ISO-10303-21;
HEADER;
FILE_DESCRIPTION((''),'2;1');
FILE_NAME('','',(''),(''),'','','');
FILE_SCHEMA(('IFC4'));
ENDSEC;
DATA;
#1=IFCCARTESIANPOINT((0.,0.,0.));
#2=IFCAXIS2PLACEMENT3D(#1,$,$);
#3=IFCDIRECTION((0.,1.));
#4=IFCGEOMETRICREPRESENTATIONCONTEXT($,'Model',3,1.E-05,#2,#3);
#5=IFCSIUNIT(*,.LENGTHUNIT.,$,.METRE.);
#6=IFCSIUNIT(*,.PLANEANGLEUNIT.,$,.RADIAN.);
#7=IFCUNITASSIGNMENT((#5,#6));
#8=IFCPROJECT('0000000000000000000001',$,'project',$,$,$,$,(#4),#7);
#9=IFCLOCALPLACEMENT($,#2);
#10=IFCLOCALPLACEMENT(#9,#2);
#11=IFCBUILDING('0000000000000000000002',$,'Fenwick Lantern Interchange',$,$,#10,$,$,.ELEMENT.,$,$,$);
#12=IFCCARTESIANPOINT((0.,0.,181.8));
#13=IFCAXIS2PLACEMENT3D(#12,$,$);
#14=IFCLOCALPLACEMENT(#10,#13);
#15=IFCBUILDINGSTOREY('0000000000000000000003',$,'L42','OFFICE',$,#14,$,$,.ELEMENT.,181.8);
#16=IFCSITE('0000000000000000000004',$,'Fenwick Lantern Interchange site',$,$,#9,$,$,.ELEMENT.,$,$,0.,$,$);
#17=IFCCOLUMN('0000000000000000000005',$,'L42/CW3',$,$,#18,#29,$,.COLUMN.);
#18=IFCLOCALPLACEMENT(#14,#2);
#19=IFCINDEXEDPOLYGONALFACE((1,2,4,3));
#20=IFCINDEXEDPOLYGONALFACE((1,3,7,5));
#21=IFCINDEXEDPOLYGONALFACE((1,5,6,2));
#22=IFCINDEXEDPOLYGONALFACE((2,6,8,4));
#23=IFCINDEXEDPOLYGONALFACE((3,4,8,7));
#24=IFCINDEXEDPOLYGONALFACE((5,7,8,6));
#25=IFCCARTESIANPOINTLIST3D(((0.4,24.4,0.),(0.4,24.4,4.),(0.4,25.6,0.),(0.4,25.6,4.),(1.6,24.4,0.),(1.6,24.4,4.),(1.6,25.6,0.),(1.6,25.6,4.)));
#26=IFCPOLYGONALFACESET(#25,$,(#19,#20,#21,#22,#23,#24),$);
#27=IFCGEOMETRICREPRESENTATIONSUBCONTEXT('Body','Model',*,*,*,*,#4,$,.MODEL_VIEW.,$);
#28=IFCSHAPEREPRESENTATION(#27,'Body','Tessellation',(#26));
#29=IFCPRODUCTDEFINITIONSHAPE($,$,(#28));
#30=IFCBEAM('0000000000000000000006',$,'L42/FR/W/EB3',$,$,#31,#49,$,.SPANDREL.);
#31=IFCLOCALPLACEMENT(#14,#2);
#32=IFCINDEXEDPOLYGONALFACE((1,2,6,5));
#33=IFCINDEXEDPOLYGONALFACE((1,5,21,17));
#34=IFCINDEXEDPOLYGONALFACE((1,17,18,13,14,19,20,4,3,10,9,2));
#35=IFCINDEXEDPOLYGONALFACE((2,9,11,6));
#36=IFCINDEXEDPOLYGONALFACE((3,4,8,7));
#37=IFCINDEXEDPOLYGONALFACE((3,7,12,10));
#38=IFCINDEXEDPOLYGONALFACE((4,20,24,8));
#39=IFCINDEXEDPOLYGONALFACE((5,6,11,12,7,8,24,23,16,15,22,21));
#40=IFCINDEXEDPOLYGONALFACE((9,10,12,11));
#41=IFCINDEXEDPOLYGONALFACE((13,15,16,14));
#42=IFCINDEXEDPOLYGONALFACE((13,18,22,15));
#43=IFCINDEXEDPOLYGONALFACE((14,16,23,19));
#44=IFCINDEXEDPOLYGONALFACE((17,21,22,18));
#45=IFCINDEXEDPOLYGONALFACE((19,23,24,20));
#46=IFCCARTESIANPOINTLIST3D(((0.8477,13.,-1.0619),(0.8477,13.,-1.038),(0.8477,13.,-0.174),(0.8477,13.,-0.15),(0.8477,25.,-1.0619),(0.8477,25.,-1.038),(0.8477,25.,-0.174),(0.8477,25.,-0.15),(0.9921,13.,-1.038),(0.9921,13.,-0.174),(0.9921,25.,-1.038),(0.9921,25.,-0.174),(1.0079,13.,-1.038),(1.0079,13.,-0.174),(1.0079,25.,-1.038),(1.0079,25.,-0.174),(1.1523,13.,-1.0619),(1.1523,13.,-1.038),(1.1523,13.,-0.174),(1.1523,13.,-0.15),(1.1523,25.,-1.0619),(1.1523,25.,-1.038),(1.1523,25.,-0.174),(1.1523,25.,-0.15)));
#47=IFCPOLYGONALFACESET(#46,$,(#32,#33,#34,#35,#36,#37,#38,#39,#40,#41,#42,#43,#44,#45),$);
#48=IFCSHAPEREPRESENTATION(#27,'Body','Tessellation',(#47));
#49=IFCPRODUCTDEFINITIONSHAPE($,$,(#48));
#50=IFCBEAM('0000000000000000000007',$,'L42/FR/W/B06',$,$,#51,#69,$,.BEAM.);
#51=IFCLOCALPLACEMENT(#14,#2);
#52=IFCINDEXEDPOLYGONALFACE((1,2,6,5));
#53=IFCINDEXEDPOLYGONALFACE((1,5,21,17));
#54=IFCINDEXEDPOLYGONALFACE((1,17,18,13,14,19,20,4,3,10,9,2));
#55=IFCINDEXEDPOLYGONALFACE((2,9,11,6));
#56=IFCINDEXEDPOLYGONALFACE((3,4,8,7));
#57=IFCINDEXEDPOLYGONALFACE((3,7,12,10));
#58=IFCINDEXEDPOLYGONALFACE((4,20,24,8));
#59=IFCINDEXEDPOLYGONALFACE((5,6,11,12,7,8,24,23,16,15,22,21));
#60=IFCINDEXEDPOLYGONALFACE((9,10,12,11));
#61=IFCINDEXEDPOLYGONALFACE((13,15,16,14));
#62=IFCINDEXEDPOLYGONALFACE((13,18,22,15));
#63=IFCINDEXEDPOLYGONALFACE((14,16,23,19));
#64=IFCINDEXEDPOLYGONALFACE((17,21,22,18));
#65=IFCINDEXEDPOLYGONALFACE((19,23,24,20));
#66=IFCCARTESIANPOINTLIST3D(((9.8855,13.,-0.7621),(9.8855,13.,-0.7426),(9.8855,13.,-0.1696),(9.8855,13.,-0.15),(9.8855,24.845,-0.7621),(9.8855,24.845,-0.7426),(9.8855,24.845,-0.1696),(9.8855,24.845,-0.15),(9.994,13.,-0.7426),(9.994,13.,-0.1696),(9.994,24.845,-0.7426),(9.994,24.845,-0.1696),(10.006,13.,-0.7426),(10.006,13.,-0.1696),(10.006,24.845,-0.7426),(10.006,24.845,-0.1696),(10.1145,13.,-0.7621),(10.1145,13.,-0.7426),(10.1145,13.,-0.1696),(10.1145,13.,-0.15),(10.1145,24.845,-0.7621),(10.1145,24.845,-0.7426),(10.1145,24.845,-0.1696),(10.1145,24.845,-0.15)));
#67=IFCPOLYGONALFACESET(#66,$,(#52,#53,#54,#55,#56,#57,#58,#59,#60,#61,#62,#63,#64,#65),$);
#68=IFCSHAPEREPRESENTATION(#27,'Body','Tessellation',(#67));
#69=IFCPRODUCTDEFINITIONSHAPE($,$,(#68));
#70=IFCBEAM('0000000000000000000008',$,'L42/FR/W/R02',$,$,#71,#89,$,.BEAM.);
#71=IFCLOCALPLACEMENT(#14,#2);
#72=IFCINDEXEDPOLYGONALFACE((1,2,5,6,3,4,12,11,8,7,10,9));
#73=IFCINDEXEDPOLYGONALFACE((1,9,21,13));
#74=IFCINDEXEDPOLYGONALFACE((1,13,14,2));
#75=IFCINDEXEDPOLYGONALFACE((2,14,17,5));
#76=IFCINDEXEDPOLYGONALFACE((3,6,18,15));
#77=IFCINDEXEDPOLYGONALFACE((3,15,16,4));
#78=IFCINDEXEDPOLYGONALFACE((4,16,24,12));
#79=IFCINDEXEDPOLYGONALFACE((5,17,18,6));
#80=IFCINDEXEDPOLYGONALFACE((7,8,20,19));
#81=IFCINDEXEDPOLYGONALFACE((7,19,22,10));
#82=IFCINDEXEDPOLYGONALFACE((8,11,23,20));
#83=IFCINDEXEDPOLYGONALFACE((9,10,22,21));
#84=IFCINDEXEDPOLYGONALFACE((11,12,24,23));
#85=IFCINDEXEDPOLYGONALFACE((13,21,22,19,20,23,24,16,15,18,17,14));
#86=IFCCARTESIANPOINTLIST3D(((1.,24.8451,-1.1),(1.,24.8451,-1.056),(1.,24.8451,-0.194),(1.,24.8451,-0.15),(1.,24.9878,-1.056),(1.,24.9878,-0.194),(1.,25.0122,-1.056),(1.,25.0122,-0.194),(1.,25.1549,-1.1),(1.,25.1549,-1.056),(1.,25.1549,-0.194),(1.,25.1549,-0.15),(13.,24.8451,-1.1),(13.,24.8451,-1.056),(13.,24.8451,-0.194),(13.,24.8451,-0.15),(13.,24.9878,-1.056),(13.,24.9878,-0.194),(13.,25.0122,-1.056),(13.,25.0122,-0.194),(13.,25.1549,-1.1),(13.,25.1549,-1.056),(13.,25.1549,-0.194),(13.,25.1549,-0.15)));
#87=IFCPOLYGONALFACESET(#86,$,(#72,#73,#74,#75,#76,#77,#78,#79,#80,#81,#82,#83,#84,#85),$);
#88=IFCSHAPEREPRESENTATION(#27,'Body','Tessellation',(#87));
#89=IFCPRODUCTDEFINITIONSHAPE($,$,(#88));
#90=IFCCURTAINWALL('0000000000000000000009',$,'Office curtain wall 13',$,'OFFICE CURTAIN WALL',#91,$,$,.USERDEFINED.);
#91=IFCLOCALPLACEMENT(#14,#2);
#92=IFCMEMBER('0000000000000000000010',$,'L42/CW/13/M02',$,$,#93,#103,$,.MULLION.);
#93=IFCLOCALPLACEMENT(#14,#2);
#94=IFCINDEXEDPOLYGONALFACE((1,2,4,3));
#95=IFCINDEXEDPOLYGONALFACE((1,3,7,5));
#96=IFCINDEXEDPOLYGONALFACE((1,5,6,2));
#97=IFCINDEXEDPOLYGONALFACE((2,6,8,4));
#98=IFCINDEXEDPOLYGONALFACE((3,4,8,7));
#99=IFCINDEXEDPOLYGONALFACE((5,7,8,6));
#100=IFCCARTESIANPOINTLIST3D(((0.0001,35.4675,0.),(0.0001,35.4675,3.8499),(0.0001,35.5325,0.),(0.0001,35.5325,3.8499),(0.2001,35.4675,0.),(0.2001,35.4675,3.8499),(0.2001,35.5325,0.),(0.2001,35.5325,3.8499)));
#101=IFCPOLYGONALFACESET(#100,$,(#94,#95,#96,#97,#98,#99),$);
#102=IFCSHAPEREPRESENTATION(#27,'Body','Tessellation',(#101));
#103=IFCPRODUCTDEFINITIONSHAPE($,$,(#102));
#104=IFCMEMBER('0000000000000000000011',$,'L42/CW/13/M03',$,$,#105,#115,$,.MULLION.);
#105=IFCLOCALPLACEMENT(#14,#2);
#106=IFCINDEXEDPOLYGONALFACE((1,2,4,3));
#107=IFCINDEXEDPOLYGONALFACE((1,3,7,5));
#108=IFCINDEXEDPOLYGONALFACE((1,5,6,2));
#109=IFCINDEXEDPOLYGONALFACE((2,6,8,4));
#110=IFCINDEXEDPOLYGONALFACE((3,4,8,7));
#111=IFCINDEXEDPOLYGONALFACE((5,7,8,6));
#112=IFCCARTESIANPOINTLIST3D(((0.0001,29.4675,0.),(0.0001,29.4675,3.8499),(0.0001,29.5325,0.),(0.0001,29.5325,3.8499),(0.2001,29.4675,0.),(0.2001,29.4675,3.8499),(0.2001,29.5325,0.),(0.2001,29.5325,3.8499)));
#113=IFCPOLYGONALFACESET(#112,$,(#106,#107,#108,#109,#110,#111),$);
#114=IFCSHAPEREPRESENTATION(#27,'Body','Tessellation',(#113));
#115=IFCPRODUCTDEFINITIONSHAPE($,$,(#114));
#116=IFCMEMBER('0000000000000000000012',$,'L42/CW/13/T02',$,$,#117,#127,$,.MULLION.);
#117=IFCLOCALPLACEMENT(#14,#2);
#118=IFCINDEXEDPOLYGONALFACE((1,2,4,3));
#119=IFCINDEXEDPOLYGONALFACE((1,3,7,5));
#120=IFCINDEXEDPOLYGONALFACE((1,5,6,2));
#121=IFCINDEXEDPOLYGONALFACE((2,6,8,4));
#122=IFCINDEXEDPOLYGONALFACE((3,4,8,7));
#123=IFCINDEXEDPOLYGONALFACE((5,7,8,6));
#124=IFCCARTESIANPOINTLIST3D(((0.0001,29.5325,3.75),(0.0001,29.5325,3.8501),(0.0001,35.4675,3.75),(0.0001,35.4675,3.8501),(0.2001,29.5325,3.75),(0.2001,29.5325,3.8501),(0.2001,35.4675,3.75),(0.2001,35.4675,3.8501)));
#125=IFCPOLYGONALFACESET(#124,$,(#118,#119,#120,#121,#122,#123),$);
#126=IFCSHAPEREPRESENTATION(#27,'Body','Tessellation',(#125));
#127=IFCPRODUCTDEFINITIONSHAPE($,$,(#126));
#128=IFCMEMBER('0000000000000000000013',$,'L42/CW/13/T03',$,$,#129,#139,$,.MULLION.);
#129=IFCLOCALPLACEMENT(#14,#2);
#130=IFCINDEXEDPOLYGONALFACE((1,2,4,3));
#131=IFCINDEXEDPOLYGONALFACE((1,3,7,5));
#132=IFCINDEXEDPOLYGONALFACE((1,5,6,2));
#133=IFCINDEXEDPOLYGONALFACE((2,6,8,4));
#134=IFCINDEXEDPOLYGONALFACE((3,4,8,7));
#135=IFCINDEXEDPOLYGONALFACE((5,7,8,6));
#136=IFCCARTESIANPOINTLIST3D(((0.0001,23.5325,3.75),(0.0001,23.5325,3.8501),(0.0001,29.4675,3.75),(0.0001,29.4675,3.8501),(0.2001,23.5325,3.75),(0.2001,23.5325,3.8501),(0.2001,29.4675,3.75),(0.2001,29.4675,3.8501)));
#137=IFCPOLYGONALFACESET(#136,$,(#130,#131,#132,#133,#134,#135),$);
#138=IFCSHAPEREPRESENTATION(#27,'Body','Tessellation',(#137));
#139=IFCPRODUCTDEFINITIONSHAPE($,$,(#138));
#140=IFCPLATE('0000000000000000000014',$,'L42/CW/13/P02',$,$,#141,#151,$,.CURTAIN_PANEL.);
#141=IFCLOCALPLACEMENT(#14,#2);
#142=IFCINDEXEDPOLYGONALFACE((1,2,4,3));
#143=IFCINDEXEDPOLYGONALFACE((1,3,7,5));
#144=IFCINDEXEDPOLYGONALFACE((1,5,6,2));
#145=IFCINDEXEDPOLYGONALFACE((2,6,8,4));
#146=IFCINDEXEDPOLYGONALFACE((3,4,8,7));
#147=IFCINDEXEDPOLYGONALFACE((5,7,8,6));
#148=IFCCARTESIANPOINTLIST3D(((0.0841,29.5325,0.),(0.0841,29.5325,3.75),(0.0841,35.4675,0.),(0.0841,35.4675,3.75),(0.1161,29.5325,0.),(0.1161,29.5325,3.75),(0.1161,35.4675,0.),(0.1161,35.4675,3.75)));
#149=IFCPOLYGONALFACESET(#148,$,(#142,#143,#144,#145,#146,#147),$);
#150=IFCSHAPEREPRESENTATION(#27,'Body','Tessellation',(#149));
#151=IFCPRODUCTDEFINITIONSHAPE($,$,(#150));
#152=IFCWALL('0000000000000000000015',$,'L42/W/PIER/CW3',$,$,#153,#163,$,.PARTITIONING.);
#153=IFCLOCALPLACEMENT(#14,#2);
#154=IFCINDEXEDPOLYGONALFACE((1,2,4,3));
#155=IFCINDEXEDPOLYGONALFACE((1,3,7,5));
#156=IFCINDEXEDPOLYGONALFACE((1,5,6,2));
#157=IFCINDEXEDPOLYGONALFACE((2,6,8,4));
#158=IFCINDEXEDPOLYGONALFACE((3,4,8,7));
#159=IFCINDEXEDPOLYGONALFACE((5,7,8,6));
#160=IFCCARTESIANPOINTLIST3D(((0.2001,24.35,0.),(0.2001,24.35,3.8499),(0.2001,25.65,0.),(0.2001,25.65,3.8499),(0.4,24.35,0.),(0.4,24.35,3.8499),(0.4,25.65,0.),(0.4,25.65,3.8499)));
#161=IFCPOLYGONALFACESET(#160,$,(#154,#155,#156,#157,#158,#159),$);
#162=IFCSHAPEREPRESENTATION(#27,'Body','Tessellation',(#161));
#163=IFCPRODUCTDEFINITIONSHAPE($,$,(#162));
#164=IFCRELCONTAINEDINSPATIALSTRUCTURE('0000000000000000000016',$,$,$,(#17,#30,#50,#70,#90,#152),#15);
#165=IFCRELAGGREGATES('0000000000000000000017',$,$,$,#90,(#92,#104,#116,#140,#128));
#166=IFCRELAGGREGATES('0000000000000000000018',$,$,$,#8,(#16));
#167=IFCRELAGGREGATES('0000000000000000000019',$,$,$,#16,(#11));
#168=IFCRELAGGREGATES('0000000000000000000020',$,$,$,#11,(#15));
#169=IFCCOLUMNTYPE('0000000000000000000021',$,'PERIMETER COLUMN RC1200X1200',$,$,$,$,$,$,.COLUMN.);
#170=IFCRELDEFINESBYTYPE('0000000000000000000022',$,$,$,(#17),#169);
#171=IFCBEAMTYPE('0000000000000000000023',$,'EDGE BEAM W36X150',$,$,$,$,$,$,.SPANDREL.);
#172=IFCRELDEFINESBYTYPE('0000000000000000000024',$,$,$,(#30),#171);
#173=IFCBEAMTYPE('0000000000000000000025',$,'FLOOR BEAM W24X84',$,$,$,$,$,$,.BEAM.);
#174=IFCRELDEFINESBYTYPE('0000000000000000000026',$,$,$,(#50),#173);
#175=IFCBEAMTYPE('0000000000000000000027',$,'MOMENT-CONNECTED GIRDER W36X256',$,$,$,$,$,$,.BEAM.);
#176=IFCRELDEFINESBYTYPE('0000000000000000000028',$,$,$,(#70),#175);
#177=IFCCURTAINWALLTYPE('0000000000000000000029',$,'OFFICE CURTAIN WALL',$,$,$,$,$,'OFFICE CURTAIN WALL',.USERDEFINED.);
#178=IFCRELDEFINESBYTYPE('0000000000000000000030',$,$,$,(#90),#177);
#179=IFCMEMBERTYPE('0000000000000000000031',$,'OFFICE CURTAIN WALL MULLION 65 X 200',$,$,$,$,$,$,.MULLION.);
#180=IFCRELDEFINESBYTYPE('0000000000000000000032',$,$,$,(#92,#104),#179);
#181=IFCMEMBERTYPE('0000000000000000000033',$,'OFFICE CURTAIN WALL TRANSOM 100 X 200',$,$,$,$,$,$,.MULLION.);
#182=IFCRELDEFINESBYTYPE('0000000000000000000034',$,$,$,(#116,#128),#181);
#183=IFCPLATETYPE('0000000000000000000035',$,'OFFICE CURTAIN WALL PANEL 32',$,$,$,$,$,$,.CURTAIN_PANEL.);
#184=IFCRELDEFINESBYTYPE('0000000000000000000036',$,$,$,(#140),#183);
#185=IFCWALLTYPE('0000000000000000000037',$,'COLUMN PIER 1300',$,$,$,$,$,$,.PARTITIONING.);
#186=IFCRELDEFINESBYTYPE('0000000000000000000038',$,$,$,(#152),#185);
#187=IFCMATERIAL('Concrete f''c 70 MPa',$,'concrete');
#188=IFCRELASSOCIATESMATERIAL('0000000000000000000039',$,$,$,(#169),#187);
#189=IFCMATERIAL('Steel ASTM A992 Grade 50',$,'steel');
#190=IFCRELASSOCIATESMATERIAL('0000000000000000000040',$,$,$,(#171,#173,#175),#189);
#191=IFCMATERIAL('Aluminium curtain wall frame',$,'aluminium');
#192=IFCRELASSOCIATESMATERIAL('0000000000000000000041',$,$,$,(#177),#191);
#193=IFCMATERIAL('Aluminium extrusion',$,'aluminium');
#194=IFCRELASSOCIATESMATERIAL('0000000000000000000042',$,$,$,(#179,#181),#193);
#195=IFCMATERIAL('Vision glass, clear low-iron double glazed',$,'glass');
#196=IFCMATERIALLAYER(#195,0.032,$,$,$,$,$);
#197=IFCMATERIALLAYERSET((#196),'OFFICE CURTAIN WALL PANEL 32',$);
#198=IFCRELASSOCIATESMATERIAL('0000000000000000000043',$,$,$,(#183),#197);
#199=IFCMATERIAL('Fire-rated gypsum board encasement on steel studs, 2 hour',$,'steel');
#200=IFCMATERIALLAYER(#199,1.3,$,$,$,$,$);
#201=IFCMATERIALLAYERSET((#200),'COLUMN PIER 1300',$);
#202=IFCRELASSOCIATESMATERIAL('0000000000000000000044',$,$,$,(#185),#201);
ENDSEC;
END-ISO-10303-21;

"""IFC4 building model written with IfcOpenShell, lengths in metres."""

from ifc_helpers import new_model, si_unit, direction, frame, frame_2d, origin, origin_2d, place, context, subcontext, project, spatial, rectangle, i_section, extrude, material, layer, layer_set, material_profile, profile_set, type_object, element, aggregate, save


model = new_model("IFC4")

# Units and contexts
model_context = context("Model", 3, precision=1e-05, world=origin(), true_north=direction((0.0, 1.0)))
body_context = subcontext(model_context, "Body", "Model", "MODEL_VIEW")
ifc_project = project(units=[si_unit("LENGTHUNIT", "METRE"), si_unit("PLANEANGLEUNIT", "RADIAN")], contexts=[model_context])

# Site, building, storey
site_placement = place(None, origin())
site = spatial("IfcSite", under=ifc_project, at=site_placement, Name="Fenwick Lantern Interchange site", CompositionType="ELEMENT", RefElevation=0.0)
building_placement = place(site_placement, origin())
building = spatial("IfcBuilding", under=site, at=building_placement, Name="Fenwick Lantern Interchange", CompositionType="ELEMENT")
storey_placement = place(building_placement, frame((0.0, 0.0, 181.8)))
storey = spatial("IfcBuildingStorey", under=building, at=storey_placement, Name="L42", Description="OFFICE", CompositionType="ELEMENT", Elevation=181.8)

# Column
ifc_material_1 = material(Name="Concrete f'c 70 MPa", Category="concrete")
ifc_material_profile_1 = material_profile(ifc_material_1, rectangle(XDim=1.2, YDim=1.2, at=origin_2d()), Name="RC1200X1200")
ifc_profile_set_1 = profile_set([ifc_material_profile_1], Name="Concrete f'c 70 MPa")
column_type = type_object("IfcColumnType", Name="PERIMETER COLUMN RC1200X1200", PredefinedType="COLUMN", material=ifc_profile_set_1)
column_placement = place(storey_placement, frame((1.0, 25.0, 0.0), z_axis=(0.0, 0.0, 1.0), x_axis=(1.0, 0.0, 0.0)))
element("IfcColumn", 1, at=column_placement, inside=storey, type_object=column_type, Name="L42/CW3", PredefinedType="COLUMN", context=body_context, shape_type="SweptSolid", body=[
    extrude(rectangle(XDim=1.2, YDim=1.2, at=origin_2d()), origin(), (0.0, 0.0, 1.0), 4.0),
])

# Beams
ifc_material_2 = material(Name="Steel ASTM A992 Grade 50", Category="steel")
ifc_material_profile_2 = material_profile(ifc_material_2, i_section(OverallWidth=0.3047, OverallDepth=0.9119, WebThickness=0.0159, FlangeThickness=0.0239, at=origin_2d()), Name="W36X150")
ifc_profile_set_2 = profile_set([ifc_material_profile_2], Name="Steel ASTM A992 Grade 50")
beam_type_1 = type_object("IfcBeamType", Name="EDGE BEAM W36X150", PredefinedType="SPANDREL", material=ifc_profile_set_2)
beam_1_placement = place(storey_placement, frame((1.0, 25.0, -0.606), z_axis=(0.0, -1.0, 0.0), x_axis=(1.0, 0.0, 0.0)))
element("IfcBeam", 2, at=beam_1_placement, inside=storey, type_object=beam_type_1, Name="L42/FR/W/EB3", PredefinedType="SPANDREL", context=body_context, shape_type="SweptSolid", body=[
    extrude(i_section(OverallWidth=0.3047, OverallDepth=0.9119, WebThickness=0.0159, FlangeThickness=0.0239, at=origin_2d()), origin(), (0.0, 0.0, 1.0), 12.0),
])
ifc_material_profile_3 = material_profile(ifc_material_2, i_section(OverallWidth=0.229, OverallDepth=0.6121, WebThickness=0.012, FlangeThickness=0.0195, at=origin_2d()), Name="W24X84")
ifc_profile_set_3 = profile_set([ifc_material_profile_3], Name="Steel ASTM A992 Grade 50")
beam_type_2 = type_object("IfcBeamType", Name="FLOOR BEAM W24X84", PredefinedType="BEAM", material=ifc_profile_set_3)
beam_2_placement = place(storey_placement, frame((10.0, 24.845, -0.4561), z_axis=(0.0, -1.0, 0.0), x_axis=(1.0, 0.0, 0.0)))
element("IfcBeam", 3, at=beam_2_placement, inside=storey, type_object=beam_type_2, Name="L42/FR/W/B06", PredefinedType="BEAM", context=body_context, shape_type="SweptSolid", body=[
    extrude(i_section(OverallWidth=0.229, OverallDepth=0.6121, WebThickness=0.012, FlangeThickness=0.0195, at=origin_2d()), origin(), (0.0, 0.0, 1.0), 11.845),
])
ifc_material_profile_4 = material_profile(ifc_material_2, i_section(OverallWidth=0.3098, OverallDepth=0.95, WebThickness=0.0244, FlangeThickness=0.0439, at=origin_2d()), Name="W36X256")
ifc_profile_set_4 = profile_set([ifc_material_profile_4], Name="Steel ASTM A992 Grade 50")
beam_type_3 = type_object("IfcBeamType", Name="MOMENT-CONNECTED GIRDER W36X256", PredefinedType="BEAM", material=ifc_profile_set_4)
beam_3_placement = place(storey_placement, frame((1.0, 25.0, -0.625), z_axis=(1.0, 0.0, 0.0), x_axis=(0.0, 1.0, 0.0)))
element("IfcBeam", 4, at=beam_3_placement, inside=storey, type_object=beam_type_3, Name="L42/FR/W/R02", PredefinedType="BEAM", context=body_context, shape_type="SweptSolid", body=[
    extrude(i_section(OverallWidth=0.3098, OverallDepth=0.95, WebThickness=0.0244, FlangeThickness=0.0439, at=origin_2d()), origin(), (0.0, 0.0, 1.0), 12.0),
])

# Curtain wall, members, plate
ifc_material_3 = material(Name="Aluminium curtain wall frame", Category="aluminium")
curtain_wall_type = type_object("IfcCurtainWallType", Name="OFFICE CURTAIN WALL", ElementType="OFFICE CURTAIN WALL", PredefinedType="USERDEFINED", material=ifc_material_3)
curtain_wall_placement = place(storey_placement, origin())
curtain_wall = element("IfcCurtainWall", 5, at=curtain_wall_placement, inside=storey, type_object=curtain_wall_type, Name="Office curtain wall 13", ObjectType="OFFICE CURTAIN WALL", PredefinedType="USERDEFINED")
ifc_material_4 = material(Name="Aluminium extrusion", Category="aluminium")
ifc_material_profile_5 = material_profile(ifc_material_4, rectangle(XDim=0.2, YDim=0.0649, at=origin_2d()), Name="OFFICE CURTAIN WALL MULLION 65 X 200")
ifc_profile_set_5 = profile_set([ifc_material_profile_5], Name="Aluminium extrusion")
member_type_1 = type_object("IfcMemberType", Name="OFFICE CURTAIN WALL MULLION 65 X 200", PredefinedType="MULLION", material=ifc_profile_set_5)
member_1_placement = place(storey_placement, frame((0.1001, 35.5, 0.0), z_axis=(0.0, 0.0, 1.0), x_axis=(1.0, 0.0, 0.0)))
member_1 = element("IfcMember", 6, at=member_1_placement, type_object=member_type_1, Name="L42/CW/13/M02", PredefinedType="MULLION", context=body_context, shape_type="SweptSolid", body=[
    extrude(rectangle(XDim=0.2, YDim=0.0649, at=origin_2d()), origin(), (0.0, 0.0, 1.0), 3.8499),
])
member_2_placement = place(storey_placement, frame((0.1001, 29.5, 0.0), z_axis=(0.0, 0.0, 1.0), x_axis=(1.0, 0.0, 0.0)))
member_2 = element("IfcMember", 7, at=member_2_placement, type_object=member_type_1, Name="L42/CW/13/M03", PredefinedType="MULLION", context=body_context, shape_type="SweptSolid", body=[
    extrude(rectangle(XDim=0.2, YDim=0.0649, at=origin_2d()), origin(), (0.0, 0.0, 1.0), 3.8499),
])
ifc_material_profile_6 = material_profile(ifc_material_4, rectangle(XDim=0.2, YDim=0.1001, at=origin_2d()), Name="OFFICE CURTAIN WALL TRANSOM 100 X 200")
ifc_profile_set_6 = profile_set([ifc_material_profile_6], Name="Aluminium extrusion")
member_type_2 = type_object("IfcMemberType", Name="OFFICE CURTAIN WALL TRANSOM 100 X 200", PredefinedType="MULLION", material=ifc_profile_set_6)
member_3_placement = place(storey_placement, frame((0.1001, 35.4675, 3.8), z_axis=(0.0, -1.0, 0.0), x_axis=(1.0, 0.0, 0.0)))
member_3 = element("IfcMember", 8, at=member_3_placement, type_object=member_type_2, Name="L42/CW/13/T02", PredefinedType="MULLION", context=body_context, shape_type="SweptSolid", body=[
    extrude(rectangle(XDim=0.2, YDim=0.1001, at=origin_2d()), origin(), (0.0, 0.0, 1.0), 5.9351),
])
member_4_placement = place(storey_placement, frame((0.1001, 29.4675, 3.8), z_axis=(0.0, -1.0, 0.0), x_axis=(1.0, 0.0, 0.0)))
member_4 = element("IfcMember", 9, at=member_4_placement, type_object=member_type_2, Name="L42/CW/13/T03", PredefinedType="MULLION", context=body_context, shape_type="SweptSolid", body=[
    extrude(rectangle(XDim=0.2, YDim=0.1001, at=origin_2d()), origin(), (0.0, 0.0, 1.0), 5.9351),
])
ifc_material_5 = material(Name="Vision glass, clear low-iron double glazed", Category="glass")
ifc_layer_1 = layer(ifc_material_5, 0.032)
ifc_layer_set_1 = layer_set([ifc_layer_1], Name="OFFICE CURTAIN WALL PANEL 32")
plate_type = type_object("IfcPlateType", Name="OFFICE CURTAIN WALL PANEL 32", PredefinedType="CURTAIN_PANEL", material=ifc_layer_set_1)
plate_placement = place(storey_placement, frame((0.1001, 32.5, 0.0), z_axis=(0.0, 0.0, 1.0), x_axis=(0.0, -1.0, 0.0)))
plate = element("IfcPlate", 10, at=plate_placement, type_object=plate_type, Name="L42/CW/13/P02", PredefinedType="CURTAIN_PANEL", context=body_context, shape_type="SweptSolid", body=[
    extrude(rectangle(XDim=5.9351, YDim=0.032, at=origin_2d()), origin(), (0.0, 0.0, 1.0), 3.75),
])
aggregate(curtain_wall, [member_1, member_2, member_3, plate, member_4])

# Wall
ifc_material_6 = material(Name="Fire-rated gypsum board encasement on steel studs, 2 hour", Category="steel")
ifc_layer_2 = layer(ifc_material_6, 1.3)
ifc_layer_set_2 = layer_set([ifc_layer_2], Name="COLUMN PIER 1300")
wall_type_1 = type_object("IfcWallType", Name="COLUMN PIER 1300", PredefinedType="PARTITIONING", material=ifc_layer_set_2)
wall_1_placement = place(storey_placement, frame((0.2, 25.0, 0.0), z_axis=(0.0, 0.0, 1.0), x_axis=(1.0, 0.0, 0.0)))
element("IfcWall", 11, at=wall_1_placement, inside=storey, type_object=wall_type_1, Name="L42/W/PIER/CW3", PredefinedType="PARTITIONING", context=body_context, shape_type="SweptSolid", body=[
    extrude(rectangle(XDim=0.2, YDim=1.3, at=frame_2d((0.1001, 0.0))), origin(), (0.0, 0.0, 1.0), 3.8499),
])

save(model, "model.ifc")
